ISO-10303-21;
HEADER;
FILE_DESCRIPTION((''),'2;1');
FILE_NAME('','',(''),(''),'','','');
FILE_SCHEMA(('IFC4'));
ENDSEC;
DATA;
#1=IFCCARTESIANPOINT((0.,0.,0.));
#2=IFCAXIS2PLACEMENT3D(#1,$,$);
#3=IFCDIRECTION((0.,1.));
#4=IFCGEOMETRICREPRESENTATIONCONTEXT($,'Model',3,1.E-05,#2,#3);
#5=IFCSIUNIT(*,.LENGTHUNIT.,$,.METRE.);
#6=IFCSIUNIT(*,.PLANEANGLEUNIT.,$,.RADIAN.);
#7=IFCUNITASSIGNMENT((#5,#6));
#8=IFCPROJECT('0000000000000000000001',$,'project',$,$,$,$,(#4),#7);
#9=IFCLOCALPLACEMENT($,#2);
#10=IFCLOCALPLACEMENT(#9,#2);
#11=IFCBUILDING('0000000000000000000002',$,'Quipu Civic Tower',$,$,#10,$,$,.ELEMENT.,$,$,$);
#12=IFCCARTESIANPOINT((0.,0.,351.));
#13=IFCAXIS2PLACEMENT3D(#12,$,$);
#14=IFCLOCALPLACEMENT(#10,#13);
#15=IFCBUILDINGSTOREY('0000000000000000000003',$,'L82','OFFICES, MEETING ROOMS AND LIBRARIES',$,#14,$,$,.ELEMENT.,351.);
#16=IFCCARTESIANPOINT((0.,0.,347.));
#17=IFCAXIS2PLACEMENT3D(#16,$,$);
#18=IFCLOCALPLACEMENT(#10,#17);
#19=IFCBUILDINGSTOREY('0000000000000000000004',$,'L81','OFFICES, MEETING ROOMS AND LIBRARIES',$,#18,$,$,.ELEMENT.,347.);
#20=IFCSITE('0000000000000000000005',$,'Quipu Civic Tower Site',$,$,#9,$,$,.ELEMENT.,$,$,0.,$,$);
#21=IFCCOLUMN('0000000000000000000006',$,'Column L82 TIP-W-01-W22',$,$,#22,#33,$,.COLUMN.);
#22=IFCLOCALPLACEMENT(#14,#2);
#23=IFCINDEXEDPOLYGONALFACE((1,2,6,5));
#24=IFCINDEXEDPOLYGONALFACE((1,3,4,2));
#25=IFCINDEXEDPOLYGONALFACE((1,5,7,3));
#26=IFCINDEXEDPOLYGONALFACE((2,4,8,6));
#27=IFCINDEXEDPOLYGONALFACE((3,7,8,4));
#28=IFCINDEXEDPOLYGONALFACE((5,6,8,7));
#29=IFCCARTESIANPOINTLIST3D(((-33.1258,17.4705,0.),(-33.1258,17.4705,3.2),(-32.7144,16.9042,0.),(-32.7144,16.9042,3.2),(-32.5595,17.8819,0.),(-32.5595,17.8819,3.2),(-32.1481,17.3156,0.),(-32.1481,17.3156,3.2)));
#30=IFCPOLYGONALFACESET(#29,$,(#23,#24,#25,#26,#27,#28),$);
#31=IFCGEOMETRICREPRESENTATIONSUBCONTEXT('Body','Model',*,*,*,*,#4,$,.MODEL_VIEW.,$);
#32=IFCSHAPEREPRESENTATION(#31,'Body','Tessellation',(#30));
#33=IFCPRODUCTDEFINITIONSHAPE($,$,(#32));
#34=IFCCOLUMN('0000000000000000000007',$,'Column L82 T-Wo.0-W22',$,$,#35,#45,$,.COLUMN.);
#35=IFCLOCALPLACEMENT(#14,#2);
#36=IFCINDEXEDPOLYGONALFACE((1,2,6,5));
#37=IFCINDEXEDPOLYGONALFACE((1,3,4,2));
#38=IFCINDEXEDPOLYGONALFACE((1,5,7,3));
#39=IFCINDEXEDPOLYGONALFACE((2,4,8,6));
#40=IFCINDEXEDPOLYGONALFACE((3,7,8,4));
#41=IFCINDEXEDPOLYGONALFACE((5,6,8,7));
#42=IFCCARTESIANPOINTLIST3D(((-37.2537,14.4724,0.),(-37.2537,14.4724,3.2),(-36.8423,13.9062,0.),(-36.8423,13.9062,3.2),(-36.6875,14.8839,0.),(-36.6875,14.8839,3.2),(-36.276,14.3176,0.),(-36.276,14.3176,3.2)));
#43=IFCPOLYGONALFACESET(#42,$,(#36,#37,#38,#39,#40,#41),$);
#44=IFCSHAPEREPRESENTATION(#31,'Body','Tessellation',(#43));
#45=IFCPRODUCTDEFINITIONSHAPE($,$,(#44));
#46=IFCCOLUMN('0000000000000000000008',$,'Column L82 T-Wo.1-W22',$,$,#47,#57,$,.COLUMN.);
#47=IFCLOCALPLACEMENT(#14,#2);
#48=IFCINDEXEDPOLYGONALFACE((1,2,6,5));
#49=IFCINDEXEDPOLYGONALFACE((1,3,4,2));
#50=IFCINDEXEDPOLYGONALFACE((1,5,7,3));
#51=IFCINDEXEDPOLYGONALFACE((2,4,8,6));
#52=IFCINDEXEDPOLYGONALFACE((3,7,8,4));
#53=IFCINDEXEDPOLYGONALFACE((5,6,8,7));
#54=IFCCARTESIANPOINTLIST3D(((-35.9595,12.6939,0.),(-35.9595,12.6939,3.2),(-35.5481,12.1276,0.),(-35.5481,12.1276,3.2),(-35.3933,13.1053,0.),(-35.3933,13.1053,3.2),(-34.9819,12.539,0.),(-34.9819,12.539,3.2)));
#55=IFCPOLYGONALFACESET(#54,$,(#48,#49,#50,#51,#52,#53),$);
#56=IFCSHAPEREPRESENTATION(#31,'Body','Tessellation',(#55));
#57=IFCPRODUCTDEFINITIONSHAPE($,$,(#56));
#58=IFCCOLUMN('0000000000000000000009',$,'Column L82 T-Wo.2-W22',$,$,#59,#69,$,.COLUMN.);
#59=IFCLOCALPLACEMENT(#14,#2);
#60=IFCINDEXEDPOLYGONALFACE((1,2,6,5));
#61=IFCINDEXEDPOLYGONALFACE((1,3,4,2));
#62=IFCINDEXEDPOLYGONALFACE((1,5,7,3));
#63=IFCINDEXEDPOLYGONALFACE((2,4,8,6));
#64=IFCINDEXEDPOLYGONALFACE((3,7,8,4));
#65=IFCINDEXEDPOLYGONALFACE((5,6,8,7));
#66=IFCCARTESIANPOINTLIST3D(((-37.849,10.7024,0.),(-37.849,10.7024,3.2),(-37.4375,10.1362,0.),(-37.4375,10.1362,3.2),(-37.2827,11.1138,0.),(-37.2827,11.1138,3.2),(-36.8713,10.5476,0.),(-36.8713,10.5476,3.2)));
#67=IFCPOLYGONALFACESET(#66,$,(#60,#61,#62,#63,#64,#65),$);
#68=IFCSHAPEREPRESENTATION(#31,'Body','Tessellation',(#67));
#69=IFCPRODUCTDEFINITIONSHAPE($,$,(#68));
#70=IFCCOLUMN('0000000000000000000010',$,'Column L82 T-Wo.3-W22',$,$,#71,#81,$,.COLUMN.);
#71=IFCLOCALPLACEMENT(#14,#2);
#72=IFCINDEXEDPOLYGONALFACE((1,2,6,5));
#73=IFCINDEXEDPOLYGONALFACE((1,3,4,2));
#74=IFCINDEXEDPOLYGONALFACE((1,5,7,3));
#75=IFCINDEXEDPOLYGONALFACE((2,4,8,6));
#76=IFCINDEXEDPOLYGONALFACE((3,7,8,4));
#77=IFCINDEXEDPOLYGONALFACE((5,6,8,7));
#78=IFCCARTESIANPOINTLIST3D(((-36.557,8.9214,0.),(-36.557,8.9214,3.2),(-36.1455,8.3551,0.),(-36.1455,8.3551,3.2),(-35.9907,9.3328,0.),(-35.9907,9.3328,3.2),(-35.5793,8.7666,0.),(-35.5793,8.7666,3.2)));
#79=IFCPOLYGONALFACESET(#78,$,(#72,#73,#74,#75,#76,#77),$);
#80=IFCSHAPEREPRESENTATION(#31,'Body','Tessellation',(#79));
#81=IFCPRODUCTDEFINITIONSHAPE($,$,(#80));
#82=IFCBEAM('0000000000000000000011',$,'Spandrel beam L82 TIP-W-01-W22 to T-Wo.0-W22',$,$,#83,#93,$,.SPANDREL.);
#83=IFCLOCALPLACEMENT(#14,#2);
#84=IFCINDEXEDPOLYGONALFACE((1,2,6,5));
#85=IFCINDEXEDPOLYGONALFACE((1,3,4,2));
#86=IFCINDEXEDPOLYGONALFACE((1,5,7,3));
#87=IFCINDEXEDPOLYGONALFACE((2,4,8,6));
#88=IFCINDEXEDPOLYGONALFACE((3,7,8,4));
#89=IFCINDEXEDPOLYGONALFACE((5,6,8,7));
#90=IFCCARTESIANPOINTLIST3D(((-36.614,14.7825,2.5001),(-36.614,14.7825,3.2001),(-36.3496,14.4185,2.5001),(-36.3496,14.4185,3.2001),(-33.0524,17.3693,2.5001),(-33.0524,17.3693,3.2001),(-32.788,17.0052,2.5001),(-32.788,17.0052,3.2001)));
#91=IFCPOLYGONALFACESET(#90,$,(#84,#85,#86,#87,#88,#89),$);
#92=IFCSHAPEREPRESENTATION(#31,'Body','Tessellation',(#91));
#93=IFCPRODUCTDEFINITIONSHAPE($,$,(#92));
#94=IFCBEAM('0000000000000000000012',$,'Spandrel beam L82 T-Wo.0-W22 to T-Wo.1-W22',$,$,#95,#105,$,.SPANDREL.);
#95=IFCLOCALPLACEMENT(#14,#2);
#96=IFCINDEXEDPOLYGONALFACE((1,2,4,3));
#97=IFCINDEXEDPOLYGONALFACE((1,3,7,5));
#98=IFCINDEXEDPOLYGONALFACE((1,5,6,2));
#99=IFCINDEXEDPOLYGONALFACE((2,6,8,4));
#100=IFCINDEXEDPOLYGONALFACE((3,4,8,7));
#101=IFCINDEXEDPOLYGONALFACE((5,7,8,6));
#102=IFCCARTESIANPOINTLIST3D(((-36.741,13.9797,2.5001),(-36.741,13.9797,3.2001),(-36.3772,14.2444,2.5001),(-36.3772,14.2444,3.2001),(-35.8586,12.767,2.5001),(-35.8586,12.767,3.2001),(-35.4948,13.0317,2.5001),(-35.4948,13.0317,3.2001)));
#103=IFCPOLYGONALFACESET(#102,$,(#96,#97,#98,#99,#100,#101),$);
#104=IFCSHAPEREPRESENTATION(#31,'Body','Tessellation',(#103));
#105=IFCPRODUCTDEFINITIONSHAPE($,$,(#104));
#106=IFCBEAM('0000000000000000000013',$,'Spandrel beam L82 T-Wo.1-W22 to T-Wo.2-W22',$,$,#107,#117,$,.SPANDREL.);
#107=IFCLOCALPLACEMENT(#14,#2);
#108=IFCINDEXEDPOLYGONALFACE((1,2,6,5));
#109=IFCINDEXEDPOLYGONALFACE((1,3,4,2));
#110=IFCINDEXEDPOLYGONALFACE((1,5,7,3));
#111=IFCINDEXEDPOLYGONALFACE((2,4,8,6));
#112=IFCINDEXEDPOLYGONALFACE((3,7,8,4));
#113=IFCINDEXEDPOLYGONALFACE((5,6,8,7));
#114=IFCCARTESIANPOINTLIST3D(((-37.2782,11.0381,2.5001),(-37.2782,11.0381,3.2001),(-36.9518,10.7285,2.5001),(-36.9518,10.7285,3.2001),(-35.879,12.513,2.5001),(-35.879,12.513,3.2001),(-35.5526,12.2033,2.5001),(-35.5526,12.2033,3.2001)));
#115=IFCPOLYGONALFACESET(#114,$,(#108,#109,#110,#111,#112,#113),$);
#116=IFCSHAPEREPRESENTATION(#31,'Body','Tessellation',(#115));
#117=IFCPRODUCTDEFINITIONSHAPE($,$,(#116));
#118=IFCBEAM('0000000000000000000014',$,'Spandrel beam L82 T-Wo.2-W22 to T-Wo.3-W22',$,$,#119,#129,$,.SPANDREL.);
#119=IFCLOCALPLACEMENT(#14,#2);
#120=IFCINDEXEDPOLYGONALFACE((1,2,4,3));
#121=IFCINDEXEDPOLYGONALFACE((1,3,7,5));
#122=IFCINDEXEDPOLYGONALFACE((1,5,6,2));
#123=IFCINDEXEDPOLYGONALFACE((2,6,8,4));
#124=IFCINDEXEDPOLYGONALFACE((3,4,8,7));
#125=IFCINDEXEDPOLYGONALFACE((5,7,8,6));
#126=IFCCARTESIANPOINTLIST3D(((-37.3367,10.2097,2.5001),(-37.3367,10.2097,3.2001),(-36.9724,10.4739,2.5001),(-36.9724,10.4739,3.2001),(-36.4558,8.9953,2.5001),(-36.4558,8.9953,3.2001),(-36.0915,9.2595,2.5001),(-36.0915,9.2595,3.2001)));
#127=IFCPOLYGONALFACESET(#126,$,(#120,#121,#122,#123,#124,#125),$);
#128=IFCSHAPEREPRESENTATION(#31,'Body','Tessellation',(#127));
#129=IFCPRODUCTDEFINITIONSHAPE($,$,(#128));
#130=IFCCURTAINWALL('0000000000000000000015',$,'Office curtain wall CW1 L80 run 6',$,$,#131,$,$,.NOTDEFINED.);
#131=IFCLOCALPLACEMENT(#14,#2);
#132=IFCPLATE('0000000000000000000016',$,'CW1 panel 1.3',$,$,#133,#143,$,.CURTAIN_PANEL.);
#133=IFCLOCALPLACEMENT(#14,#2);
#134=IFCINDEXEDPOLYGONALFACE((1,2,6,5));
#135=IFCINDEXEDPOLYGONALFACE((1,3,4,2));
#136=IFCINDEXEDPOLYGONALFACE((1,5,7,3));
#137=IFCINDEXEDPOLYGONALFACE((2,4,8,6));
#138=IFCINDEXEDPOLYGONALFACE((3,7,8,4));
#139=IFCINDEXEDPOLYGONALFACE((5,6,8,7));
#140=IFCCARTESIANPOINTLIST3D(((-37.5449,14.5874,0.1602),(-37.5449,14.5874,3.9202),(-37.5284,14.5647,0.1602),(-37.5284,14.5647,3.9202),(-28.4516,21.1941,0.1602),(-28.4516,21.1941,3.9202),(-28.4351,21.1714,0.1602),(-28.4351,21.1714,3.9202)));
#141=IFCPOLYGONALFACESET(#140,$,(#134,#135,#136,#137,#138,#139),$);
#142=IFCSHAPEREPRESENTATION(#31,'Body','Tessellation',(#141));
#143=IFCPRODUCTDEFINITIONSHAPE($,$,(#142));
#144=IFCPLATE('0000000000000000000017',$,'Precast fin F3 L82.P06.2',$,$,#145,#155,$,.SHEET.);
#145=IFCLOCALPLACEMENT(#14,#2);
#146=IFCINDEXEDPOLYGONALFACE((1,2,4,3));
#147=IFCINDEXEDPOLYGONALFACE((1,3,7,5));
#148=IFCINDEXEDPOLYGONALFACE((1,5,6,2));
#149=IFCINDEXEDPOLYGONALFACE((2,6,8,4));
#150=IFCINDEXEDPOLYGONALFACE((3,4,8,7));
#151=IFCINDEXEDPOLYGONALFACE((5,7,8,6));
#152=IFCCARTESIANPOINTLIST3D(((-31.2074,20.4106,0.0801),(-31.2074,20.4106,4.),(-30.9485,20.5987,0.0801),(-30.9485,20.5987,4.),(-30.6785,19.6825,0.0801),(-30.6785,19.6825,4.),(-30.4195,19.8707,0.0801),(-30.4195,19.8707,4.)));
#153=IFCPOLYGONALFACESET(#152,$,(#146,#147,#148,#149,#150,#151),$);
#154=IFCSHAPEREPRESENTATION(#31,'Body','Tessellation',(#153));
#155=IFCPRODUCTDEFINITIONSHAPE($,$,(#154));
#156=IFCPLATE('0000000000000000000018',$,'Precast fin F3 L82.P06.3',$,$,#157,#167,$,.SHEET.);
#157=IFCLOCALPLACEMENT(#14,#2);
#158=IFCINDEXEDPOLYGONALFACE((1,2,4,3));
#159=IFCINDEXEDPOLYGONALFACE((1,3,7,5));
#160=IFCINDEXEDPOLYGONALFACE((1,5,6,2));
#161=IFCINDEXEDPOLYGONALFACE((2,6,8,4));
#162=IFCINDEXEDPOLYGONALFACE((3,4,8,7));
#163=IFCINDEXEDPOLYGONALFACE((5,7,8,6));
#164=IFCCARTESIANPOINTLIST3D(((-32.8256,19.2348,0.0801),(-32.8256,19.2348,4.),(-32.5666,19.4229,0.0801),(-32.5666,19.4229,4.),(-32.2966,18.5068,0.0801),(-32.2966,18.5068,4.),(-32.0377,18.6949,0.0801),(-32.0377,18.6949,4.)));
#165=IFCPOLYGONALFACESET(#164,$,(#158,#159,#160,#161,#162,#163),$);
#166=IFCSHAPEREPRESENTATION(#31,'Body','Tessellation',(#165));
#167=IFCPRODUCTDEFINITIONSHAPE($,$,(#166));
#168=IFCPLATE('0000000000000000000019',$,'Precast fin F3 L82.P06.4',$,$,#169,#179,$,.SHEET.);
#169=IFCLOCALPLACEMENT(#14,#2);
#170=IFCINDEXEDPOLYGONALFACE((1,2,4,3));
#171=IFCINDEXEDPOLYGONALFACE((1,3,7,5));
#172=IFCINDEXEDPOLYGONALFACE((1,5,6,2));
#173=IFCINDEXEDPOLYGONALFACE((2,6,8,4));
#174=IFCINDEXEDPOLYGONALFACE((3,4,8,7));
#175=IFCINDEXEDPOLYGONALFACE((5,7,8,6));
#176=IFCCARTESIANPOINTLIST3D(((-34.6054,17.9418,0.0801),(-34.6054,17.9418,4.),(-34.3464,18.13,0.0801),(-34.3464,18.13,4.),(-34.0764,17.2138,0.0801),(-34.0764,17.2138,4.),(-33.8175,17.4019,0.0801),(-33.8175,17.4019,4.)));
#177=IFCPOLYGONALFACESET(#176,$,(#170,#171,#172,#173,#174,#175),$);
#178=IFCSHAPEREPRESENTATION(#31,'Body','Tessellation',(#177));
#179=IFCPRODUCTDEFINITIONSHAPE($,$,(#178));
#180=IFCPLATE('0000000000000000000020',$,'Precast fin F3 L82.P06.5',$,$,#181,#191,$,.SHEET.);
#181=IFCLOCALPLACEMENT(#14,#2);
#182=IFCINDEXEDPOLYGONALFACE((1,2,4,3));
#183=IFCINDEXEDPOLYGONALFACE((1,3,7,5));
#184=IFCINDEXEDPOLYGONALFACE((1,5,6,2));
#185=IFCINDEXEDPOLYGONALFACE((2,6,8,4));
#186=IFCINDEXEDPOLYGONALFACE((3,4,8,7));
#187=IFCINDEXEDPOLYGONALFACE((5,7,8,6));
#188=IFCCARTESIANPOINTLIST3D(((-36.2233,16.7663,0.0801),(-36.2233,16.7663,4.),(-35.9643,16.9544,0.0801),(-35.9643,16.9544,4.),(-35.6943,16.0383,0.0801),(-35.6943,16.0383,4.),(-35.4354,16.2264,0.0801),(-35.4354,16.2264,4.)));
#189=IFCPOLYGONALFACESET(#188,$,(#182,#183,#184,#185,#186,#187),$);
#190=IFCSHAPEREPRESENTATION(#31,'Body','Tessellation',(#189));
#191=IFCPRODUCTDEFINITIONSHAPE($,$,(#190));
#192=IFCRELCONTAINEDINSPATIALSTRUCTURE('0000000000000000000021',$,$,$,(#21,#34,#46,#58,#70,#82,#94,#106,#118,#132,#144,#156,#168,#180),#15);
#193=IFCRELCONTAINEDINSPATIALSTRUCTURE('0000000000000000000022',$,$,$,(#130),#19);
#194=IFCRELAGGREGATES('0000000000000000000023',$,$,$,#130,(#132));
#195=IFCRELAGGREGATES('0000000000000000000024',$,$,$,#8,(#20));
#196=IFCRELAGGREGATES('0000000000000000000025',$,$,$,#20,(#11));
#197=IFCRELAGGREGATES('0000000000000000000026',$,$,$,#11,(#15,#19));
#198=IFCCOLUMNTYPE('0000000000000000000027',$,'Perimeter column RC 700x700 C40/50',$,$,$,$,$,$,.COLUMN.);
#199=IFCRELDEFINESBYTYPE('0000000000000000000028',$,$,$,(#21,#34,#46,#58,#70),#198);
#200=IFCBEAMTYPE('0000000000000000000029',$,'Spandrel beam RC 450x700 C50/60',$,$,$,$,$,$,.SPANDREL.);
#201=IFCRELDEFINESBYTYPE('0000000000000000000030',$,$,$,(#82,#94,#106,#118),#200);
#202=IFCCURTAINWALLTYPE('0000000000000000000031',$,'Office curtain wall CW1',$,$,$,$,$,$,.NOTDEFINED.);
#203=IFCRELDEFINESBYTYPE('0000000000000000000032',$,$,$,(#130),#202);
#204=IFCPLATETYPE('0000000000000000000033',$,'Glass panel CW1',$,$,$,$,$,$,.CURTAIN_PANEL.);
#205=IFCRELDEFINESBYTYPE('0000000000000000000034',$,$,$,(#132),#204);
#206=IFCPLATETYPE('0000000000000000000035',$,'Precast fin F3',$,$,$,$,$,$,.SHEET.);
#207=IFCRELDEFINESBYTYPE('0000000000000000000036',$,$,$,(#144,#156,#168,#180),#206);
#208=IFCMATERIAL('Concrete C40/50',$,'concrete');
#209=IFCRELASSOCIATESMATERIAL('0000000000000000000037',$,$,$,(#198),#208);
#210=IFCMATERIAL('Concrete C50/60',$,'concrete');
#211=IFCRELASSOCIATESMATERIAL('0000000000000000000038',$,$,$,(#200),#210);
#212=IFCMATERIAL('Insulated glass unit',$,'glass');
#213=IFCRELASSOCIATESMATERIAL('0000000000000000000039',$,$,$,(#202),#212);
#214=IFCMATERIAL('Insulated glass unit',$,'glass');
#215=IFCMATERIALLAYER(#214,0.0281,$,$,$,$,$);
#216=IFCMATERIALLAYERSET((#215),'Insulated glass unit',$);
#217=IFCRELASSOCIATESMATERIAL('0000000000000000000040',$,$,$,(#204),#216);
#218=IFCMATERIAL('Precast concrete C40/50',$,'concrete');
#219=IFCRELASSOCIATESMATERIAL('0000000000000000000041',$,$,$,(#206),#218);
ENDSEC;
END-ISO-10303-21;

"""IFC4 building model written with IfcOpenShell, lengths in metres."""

from ifc_helpers import new_model, si_unit, direction, frame, origin, origin_2d, place, context, subcontext, project, spatial, rectangle, extrude, material, layer, layer_set, material_profile, profile_set, type_object, element, aggregate, save


model = new_model("IFC4")

# Units and contexts
model_context = context("Model", 3, precision=1e-05, world=origin(), true_north=direction((0.0, 1.0)))
body_context = subcontext(model_context, "Body", "Model", "MODEL_VIEW")
ifc_project = project(units=[si_unit("LENGTHUNIT", "METRE"), si_unit("PLANEANGLEUNIT", "RADIAN")], contexts=[model_context])

# Site, building, storey
site_placement = place(None, origin())
site = spatial("IfcSite", under=ifc_project, at=site_placement, Name="Quipu Civic Tower Site", CompositionType="ELEMENT", RefElevation=0.0)
building_placement = place(site_placement, origin())
building = spatial("IfcBuilding", under=site, at=building_placement, Name="Quipu Civic Tower", CompositionType="ELEMENT")
storey_1_placement = place(building_placement, frame((0.0, 0.0, 351.0)))
storey_1 = spatial("IfcBuildingStorey", under=building, at=storey_1_placement, Name="L82", Description="OFFICES, MEETING ROOMS AND LIBRARIES", CompositionType="ELEMENT", Elevation=351.0)

# Columns
ifc_material_1 = material(Name="Concrete C40/50", Category="concrete")
ifc_material_profile_1 = material_profile(ifc_material_1, rectangle(XDim=0.7, YDim=0.7, at=origin_2d()), Name="RC700x700")
ifc_profile_set_1 = profile_set([ifc_material_profile_1], Name="Concrete C40/50")
column_type = type_object("IfcColumnType", Name="Perimeter column RC 700x700 C40/50", PredefinedType="COLUMN", material=ifc_profile_set_1)
for number, where, z_axis, x_axis, name in (
    (1, (-32.637, 17.3931, 0.0), (0.0, 0.0, 1.0), (-0.809017, -0.587785, 0.0), "Column L82 TIP-W-01-W22"),
    (2, (-36.7649, 14.395, 0.0), (0.0, 0.0, 1.0), (0.587785, -0.809017, 0.0), "Column L82 T-Wo.0-W22"),
    (3, (-35.4707, 12.6165, 0.0), (0.0, 0.0, 1.0), (-0.809017, -0.587785, 0.0), "Column L82 T-Wo.1-W22"),
    (4, (-37.3601, 10.625, 0.0), (0.0, 0.0, 1.0), (0.587785, -0.809017, 0.0), "Column L82 T-Wo.2-W22"),
    (5, (-36.0681, 8.844, 0.0), (0.0, 0.0, 1.0), (0.587785, -0.809017, 0.0), "Column L82 T-Wo.3-W22"),
):
    element("IfcColumn", number, at=place(storey_1_placement, frame(where, z_axis=z_axis, x_axis=x_axis)), inside=storey_1, type_object=column_type, Name=name, PredefinedType="COLUMN", context=body_context, shape_type="SweptSolid", body=[
        extrude(rectangle(XDim=0.7, YDim=0.7, at=origin_2d()), origin(), (0.0, 0.0, 1.0), 3.2),
    ])

# Beams
ifc_material_2 = material(Name="Concrete C50/60", Category="concrete")
ifc_material_profile_2 = material_profile(ifc_material_2, rectangle(XDim=0.45, YDim=0.7, at=origin_2d()), Name="RC450x700")
ifc_profile_set_2 = profile_set([ifc_material_profile_2], Name="Concrete C50/60")
beam_type = type_object("IfcBeamType", Name="Spandrel beam RC 450x700 C50/60", PredefinedType="SPANDREL", material=ifc_profile_set_2)
beam_1_placement = place(storey_1_placement, frame((-32.9202, 17.1873, 2.8501), z_axis=(-0.809117, -0.587647, 0.0), x_axis=(0.587647, -0.809117, 0.0)))
element("IfcBeam", 6, at=beam_1_placement, inside=storey_1, type_object=beam_type, Name="Spandrel beam L82 TIP-W-01-W22 to T-Wo.0-W22", PredefinedType="SPANDREL", context=body_context, shape_type="SweptSolid", body=[
    extrude(rectangle(XDim=0.45, YDim=0.7, at=origin_2d()), origin(), (0.0, 0.0, 1.0), 4.4019),
])
beam_2_placement = place(storey_1_placement, frame((-36.5591, 14.1121, 2.8501), z_axis=(0.588346, -0.808609, 0.0), x_axis=(0.808609, 0.588346, 0.0)))
element("IfcBeam", 7, at=beam_2_placement, inside=storey_1, type_object=beam_type, Name="Spandrel beam L82 T-Wo.0-W22 to T-Wo.1-W22", PredefinedType="SPANDREL", context=body_context, shape_type="SweptSolid", body=[
    extrude(rectangle(XDim=0.45, YDim=0.7, at=origin_2d()), origin(), (0.0, 0.0, 1.0), 1.4998),
])
beam_3_placement = place(storey_1_placement, frame((-35.7158, 12.3582, 2.8501), z_axis=(-0.688247, -0.725476, 0.0), x_axis=(0.725476, -0.688247, 0.0)))
element("IfcBeam", 8, at=beam_3_placement, inside=storey_1, type_object=beam_type, Name="Spandrel beam L82 T-Wo.1-W22 to T-Wo.2-W22", PredefinedType="SPANDREL", context=body_context, shape_type="SweptSolid", body=[
    extrude(rectangle(XDim=0.45, YDim=0.7, at=origin_2d()), origin(), (0.0, 0.0, 1.0), 2.033),
])
beam_4_placement = place(storey_1_placement, frame((-37.1545, 10.3418, 2.8501), z_axis=(0.587165, -0.809467, 0.0), x_axis=(0.809467, 0.587165, 0.0)))
element("IfcBeam", 9, at=beam_4_placement, inside=storey_1, type_object=beam_type, Name="Spandrel beam L82 T-Wo.2-W22 to T-Wo.3-W22", PredefinedType="SPANDREL", context=body_context, shape_type="SweptSolid", body=[
    extrude(rectangle(XDim=0.45, YDim=0.7, at=origin_2d()), origin(), (0.0, 0.0, 1.0), 1.5002),
])

# Shared definitions
storey_2_placement = place(building_placement, frame((0.0, 0.0, 347.0)))
storey_2 = spatial("IfcBuildingStorey", under=building, at=storey_2_placement, Name="L81", Description="OFFICES, MEETING ROOMS AND LIBRARIES", CompositionType="ELEMENT", Elevation=347.0)

# Curtain wall, plate
ifc_material_3 = material(Name="Insulated glass unit", Category="glass")
curtain_wall_type = type_object("IfcCurtainWallType", Name="Office curtain wall CW1", PredefinedType="NOTDEFINED", material=ifc_material_3)
curtain_wall_placement = place(storey_2_placement, origin())
curtain_wall = element("IfcCurtainWall", 10, at=curtain_wall_placement, inside=storey_2, type_object=curtain_wall_type, Name="Office curtain wall CW1 L80 run 6", PredefinedType="NOTDEFINED")
ifc_material_4 = material(Name="Insulated glass unit", Category="glass")
ifc_layer_1 = layer(ifc_material_4, 0.0281)
ifc_layer_set_1 = layer_set([ifc_layer_1], Name="Insulated glass unit")
plate_type_1 = type_object("IfcPlateType", Name="Glass panel CW1", PredefinedType="CURTAIN_PANEL", material=ifc_layer_set_1)
plate_placement = place(storey_1_placement, frame((-32.99, 17.8794, 0.1602), z_axis=(0.0, 0.0, 1.0), x_axis=(-0.809015, -0.587788, 0.0)))
plate = element("IfcPlate", 11, at=plate_placement, inside=storey_1, type_object=plate_type_1, Name="CW1 panel 1.3", PredefinedType="CURTAIN_PANEL", context=body_context, shape_type="SweptSolid", body=[
    extrude(rectangle(XDim=11.24, YDim=0.0281, at=origin_2d()), origin(), (0.0, 0.0, 1.0), 3.76),
])
aggregate(curtain_wall, [plate])

# Plates
ifc_material_5 = material(Name="Precast concrete C40/50", Category="concrete")
plate_type_2 = type_object("IfcPlateType", Name="Precast fin F3", PredefinedType="SHEET", material=ifc_material_5)
for number, where, z_axis, x_axis, name in (
    (12, (-30.8135, 20.1406, 0.0801), (0.0, 0.0, 1.0), (-0.809017, -0.587785, 0.0), "Precast fin F3 L82.P06.2"),
    (13, (-32.4316, 18.9648, 0.0801), (0.0, 0.0, 1.0), (-0.809017, -0.587785, 0.0), "Precast fin F3 L82.P06.3"),
    (14, (-34.2114, 17.6719, 0.0801), (0.0, 0.0, 1.0), (-0.809017, -0.587785, 0.0), "Precast fin F3 L82.P06.4"),
    (15, (-35.8293, 16.4963, 0.0801), (0.0, 0.0, 1.0), (-0.809017, -0.587785, 0.0), "Precast fin F3 L82.P06.5"),
):
    element("IfcPlate", number, at=place(storey_1_placement, frame(where, z_axis=z_axis, x_axis=x_axis)), inside=storey_1, type_object=plate_type_2, Name=name, PredefinedType="SHEET", context=body_context, shape_type="SweptSolid", body=[
        extrude(rectangle(XDim=0.3201, YDim=0.8999, at=origin_2d()), origin(), (0.0, 0.0, 1.0), 3.9199),
    ])

save(model, "model.ifc")
